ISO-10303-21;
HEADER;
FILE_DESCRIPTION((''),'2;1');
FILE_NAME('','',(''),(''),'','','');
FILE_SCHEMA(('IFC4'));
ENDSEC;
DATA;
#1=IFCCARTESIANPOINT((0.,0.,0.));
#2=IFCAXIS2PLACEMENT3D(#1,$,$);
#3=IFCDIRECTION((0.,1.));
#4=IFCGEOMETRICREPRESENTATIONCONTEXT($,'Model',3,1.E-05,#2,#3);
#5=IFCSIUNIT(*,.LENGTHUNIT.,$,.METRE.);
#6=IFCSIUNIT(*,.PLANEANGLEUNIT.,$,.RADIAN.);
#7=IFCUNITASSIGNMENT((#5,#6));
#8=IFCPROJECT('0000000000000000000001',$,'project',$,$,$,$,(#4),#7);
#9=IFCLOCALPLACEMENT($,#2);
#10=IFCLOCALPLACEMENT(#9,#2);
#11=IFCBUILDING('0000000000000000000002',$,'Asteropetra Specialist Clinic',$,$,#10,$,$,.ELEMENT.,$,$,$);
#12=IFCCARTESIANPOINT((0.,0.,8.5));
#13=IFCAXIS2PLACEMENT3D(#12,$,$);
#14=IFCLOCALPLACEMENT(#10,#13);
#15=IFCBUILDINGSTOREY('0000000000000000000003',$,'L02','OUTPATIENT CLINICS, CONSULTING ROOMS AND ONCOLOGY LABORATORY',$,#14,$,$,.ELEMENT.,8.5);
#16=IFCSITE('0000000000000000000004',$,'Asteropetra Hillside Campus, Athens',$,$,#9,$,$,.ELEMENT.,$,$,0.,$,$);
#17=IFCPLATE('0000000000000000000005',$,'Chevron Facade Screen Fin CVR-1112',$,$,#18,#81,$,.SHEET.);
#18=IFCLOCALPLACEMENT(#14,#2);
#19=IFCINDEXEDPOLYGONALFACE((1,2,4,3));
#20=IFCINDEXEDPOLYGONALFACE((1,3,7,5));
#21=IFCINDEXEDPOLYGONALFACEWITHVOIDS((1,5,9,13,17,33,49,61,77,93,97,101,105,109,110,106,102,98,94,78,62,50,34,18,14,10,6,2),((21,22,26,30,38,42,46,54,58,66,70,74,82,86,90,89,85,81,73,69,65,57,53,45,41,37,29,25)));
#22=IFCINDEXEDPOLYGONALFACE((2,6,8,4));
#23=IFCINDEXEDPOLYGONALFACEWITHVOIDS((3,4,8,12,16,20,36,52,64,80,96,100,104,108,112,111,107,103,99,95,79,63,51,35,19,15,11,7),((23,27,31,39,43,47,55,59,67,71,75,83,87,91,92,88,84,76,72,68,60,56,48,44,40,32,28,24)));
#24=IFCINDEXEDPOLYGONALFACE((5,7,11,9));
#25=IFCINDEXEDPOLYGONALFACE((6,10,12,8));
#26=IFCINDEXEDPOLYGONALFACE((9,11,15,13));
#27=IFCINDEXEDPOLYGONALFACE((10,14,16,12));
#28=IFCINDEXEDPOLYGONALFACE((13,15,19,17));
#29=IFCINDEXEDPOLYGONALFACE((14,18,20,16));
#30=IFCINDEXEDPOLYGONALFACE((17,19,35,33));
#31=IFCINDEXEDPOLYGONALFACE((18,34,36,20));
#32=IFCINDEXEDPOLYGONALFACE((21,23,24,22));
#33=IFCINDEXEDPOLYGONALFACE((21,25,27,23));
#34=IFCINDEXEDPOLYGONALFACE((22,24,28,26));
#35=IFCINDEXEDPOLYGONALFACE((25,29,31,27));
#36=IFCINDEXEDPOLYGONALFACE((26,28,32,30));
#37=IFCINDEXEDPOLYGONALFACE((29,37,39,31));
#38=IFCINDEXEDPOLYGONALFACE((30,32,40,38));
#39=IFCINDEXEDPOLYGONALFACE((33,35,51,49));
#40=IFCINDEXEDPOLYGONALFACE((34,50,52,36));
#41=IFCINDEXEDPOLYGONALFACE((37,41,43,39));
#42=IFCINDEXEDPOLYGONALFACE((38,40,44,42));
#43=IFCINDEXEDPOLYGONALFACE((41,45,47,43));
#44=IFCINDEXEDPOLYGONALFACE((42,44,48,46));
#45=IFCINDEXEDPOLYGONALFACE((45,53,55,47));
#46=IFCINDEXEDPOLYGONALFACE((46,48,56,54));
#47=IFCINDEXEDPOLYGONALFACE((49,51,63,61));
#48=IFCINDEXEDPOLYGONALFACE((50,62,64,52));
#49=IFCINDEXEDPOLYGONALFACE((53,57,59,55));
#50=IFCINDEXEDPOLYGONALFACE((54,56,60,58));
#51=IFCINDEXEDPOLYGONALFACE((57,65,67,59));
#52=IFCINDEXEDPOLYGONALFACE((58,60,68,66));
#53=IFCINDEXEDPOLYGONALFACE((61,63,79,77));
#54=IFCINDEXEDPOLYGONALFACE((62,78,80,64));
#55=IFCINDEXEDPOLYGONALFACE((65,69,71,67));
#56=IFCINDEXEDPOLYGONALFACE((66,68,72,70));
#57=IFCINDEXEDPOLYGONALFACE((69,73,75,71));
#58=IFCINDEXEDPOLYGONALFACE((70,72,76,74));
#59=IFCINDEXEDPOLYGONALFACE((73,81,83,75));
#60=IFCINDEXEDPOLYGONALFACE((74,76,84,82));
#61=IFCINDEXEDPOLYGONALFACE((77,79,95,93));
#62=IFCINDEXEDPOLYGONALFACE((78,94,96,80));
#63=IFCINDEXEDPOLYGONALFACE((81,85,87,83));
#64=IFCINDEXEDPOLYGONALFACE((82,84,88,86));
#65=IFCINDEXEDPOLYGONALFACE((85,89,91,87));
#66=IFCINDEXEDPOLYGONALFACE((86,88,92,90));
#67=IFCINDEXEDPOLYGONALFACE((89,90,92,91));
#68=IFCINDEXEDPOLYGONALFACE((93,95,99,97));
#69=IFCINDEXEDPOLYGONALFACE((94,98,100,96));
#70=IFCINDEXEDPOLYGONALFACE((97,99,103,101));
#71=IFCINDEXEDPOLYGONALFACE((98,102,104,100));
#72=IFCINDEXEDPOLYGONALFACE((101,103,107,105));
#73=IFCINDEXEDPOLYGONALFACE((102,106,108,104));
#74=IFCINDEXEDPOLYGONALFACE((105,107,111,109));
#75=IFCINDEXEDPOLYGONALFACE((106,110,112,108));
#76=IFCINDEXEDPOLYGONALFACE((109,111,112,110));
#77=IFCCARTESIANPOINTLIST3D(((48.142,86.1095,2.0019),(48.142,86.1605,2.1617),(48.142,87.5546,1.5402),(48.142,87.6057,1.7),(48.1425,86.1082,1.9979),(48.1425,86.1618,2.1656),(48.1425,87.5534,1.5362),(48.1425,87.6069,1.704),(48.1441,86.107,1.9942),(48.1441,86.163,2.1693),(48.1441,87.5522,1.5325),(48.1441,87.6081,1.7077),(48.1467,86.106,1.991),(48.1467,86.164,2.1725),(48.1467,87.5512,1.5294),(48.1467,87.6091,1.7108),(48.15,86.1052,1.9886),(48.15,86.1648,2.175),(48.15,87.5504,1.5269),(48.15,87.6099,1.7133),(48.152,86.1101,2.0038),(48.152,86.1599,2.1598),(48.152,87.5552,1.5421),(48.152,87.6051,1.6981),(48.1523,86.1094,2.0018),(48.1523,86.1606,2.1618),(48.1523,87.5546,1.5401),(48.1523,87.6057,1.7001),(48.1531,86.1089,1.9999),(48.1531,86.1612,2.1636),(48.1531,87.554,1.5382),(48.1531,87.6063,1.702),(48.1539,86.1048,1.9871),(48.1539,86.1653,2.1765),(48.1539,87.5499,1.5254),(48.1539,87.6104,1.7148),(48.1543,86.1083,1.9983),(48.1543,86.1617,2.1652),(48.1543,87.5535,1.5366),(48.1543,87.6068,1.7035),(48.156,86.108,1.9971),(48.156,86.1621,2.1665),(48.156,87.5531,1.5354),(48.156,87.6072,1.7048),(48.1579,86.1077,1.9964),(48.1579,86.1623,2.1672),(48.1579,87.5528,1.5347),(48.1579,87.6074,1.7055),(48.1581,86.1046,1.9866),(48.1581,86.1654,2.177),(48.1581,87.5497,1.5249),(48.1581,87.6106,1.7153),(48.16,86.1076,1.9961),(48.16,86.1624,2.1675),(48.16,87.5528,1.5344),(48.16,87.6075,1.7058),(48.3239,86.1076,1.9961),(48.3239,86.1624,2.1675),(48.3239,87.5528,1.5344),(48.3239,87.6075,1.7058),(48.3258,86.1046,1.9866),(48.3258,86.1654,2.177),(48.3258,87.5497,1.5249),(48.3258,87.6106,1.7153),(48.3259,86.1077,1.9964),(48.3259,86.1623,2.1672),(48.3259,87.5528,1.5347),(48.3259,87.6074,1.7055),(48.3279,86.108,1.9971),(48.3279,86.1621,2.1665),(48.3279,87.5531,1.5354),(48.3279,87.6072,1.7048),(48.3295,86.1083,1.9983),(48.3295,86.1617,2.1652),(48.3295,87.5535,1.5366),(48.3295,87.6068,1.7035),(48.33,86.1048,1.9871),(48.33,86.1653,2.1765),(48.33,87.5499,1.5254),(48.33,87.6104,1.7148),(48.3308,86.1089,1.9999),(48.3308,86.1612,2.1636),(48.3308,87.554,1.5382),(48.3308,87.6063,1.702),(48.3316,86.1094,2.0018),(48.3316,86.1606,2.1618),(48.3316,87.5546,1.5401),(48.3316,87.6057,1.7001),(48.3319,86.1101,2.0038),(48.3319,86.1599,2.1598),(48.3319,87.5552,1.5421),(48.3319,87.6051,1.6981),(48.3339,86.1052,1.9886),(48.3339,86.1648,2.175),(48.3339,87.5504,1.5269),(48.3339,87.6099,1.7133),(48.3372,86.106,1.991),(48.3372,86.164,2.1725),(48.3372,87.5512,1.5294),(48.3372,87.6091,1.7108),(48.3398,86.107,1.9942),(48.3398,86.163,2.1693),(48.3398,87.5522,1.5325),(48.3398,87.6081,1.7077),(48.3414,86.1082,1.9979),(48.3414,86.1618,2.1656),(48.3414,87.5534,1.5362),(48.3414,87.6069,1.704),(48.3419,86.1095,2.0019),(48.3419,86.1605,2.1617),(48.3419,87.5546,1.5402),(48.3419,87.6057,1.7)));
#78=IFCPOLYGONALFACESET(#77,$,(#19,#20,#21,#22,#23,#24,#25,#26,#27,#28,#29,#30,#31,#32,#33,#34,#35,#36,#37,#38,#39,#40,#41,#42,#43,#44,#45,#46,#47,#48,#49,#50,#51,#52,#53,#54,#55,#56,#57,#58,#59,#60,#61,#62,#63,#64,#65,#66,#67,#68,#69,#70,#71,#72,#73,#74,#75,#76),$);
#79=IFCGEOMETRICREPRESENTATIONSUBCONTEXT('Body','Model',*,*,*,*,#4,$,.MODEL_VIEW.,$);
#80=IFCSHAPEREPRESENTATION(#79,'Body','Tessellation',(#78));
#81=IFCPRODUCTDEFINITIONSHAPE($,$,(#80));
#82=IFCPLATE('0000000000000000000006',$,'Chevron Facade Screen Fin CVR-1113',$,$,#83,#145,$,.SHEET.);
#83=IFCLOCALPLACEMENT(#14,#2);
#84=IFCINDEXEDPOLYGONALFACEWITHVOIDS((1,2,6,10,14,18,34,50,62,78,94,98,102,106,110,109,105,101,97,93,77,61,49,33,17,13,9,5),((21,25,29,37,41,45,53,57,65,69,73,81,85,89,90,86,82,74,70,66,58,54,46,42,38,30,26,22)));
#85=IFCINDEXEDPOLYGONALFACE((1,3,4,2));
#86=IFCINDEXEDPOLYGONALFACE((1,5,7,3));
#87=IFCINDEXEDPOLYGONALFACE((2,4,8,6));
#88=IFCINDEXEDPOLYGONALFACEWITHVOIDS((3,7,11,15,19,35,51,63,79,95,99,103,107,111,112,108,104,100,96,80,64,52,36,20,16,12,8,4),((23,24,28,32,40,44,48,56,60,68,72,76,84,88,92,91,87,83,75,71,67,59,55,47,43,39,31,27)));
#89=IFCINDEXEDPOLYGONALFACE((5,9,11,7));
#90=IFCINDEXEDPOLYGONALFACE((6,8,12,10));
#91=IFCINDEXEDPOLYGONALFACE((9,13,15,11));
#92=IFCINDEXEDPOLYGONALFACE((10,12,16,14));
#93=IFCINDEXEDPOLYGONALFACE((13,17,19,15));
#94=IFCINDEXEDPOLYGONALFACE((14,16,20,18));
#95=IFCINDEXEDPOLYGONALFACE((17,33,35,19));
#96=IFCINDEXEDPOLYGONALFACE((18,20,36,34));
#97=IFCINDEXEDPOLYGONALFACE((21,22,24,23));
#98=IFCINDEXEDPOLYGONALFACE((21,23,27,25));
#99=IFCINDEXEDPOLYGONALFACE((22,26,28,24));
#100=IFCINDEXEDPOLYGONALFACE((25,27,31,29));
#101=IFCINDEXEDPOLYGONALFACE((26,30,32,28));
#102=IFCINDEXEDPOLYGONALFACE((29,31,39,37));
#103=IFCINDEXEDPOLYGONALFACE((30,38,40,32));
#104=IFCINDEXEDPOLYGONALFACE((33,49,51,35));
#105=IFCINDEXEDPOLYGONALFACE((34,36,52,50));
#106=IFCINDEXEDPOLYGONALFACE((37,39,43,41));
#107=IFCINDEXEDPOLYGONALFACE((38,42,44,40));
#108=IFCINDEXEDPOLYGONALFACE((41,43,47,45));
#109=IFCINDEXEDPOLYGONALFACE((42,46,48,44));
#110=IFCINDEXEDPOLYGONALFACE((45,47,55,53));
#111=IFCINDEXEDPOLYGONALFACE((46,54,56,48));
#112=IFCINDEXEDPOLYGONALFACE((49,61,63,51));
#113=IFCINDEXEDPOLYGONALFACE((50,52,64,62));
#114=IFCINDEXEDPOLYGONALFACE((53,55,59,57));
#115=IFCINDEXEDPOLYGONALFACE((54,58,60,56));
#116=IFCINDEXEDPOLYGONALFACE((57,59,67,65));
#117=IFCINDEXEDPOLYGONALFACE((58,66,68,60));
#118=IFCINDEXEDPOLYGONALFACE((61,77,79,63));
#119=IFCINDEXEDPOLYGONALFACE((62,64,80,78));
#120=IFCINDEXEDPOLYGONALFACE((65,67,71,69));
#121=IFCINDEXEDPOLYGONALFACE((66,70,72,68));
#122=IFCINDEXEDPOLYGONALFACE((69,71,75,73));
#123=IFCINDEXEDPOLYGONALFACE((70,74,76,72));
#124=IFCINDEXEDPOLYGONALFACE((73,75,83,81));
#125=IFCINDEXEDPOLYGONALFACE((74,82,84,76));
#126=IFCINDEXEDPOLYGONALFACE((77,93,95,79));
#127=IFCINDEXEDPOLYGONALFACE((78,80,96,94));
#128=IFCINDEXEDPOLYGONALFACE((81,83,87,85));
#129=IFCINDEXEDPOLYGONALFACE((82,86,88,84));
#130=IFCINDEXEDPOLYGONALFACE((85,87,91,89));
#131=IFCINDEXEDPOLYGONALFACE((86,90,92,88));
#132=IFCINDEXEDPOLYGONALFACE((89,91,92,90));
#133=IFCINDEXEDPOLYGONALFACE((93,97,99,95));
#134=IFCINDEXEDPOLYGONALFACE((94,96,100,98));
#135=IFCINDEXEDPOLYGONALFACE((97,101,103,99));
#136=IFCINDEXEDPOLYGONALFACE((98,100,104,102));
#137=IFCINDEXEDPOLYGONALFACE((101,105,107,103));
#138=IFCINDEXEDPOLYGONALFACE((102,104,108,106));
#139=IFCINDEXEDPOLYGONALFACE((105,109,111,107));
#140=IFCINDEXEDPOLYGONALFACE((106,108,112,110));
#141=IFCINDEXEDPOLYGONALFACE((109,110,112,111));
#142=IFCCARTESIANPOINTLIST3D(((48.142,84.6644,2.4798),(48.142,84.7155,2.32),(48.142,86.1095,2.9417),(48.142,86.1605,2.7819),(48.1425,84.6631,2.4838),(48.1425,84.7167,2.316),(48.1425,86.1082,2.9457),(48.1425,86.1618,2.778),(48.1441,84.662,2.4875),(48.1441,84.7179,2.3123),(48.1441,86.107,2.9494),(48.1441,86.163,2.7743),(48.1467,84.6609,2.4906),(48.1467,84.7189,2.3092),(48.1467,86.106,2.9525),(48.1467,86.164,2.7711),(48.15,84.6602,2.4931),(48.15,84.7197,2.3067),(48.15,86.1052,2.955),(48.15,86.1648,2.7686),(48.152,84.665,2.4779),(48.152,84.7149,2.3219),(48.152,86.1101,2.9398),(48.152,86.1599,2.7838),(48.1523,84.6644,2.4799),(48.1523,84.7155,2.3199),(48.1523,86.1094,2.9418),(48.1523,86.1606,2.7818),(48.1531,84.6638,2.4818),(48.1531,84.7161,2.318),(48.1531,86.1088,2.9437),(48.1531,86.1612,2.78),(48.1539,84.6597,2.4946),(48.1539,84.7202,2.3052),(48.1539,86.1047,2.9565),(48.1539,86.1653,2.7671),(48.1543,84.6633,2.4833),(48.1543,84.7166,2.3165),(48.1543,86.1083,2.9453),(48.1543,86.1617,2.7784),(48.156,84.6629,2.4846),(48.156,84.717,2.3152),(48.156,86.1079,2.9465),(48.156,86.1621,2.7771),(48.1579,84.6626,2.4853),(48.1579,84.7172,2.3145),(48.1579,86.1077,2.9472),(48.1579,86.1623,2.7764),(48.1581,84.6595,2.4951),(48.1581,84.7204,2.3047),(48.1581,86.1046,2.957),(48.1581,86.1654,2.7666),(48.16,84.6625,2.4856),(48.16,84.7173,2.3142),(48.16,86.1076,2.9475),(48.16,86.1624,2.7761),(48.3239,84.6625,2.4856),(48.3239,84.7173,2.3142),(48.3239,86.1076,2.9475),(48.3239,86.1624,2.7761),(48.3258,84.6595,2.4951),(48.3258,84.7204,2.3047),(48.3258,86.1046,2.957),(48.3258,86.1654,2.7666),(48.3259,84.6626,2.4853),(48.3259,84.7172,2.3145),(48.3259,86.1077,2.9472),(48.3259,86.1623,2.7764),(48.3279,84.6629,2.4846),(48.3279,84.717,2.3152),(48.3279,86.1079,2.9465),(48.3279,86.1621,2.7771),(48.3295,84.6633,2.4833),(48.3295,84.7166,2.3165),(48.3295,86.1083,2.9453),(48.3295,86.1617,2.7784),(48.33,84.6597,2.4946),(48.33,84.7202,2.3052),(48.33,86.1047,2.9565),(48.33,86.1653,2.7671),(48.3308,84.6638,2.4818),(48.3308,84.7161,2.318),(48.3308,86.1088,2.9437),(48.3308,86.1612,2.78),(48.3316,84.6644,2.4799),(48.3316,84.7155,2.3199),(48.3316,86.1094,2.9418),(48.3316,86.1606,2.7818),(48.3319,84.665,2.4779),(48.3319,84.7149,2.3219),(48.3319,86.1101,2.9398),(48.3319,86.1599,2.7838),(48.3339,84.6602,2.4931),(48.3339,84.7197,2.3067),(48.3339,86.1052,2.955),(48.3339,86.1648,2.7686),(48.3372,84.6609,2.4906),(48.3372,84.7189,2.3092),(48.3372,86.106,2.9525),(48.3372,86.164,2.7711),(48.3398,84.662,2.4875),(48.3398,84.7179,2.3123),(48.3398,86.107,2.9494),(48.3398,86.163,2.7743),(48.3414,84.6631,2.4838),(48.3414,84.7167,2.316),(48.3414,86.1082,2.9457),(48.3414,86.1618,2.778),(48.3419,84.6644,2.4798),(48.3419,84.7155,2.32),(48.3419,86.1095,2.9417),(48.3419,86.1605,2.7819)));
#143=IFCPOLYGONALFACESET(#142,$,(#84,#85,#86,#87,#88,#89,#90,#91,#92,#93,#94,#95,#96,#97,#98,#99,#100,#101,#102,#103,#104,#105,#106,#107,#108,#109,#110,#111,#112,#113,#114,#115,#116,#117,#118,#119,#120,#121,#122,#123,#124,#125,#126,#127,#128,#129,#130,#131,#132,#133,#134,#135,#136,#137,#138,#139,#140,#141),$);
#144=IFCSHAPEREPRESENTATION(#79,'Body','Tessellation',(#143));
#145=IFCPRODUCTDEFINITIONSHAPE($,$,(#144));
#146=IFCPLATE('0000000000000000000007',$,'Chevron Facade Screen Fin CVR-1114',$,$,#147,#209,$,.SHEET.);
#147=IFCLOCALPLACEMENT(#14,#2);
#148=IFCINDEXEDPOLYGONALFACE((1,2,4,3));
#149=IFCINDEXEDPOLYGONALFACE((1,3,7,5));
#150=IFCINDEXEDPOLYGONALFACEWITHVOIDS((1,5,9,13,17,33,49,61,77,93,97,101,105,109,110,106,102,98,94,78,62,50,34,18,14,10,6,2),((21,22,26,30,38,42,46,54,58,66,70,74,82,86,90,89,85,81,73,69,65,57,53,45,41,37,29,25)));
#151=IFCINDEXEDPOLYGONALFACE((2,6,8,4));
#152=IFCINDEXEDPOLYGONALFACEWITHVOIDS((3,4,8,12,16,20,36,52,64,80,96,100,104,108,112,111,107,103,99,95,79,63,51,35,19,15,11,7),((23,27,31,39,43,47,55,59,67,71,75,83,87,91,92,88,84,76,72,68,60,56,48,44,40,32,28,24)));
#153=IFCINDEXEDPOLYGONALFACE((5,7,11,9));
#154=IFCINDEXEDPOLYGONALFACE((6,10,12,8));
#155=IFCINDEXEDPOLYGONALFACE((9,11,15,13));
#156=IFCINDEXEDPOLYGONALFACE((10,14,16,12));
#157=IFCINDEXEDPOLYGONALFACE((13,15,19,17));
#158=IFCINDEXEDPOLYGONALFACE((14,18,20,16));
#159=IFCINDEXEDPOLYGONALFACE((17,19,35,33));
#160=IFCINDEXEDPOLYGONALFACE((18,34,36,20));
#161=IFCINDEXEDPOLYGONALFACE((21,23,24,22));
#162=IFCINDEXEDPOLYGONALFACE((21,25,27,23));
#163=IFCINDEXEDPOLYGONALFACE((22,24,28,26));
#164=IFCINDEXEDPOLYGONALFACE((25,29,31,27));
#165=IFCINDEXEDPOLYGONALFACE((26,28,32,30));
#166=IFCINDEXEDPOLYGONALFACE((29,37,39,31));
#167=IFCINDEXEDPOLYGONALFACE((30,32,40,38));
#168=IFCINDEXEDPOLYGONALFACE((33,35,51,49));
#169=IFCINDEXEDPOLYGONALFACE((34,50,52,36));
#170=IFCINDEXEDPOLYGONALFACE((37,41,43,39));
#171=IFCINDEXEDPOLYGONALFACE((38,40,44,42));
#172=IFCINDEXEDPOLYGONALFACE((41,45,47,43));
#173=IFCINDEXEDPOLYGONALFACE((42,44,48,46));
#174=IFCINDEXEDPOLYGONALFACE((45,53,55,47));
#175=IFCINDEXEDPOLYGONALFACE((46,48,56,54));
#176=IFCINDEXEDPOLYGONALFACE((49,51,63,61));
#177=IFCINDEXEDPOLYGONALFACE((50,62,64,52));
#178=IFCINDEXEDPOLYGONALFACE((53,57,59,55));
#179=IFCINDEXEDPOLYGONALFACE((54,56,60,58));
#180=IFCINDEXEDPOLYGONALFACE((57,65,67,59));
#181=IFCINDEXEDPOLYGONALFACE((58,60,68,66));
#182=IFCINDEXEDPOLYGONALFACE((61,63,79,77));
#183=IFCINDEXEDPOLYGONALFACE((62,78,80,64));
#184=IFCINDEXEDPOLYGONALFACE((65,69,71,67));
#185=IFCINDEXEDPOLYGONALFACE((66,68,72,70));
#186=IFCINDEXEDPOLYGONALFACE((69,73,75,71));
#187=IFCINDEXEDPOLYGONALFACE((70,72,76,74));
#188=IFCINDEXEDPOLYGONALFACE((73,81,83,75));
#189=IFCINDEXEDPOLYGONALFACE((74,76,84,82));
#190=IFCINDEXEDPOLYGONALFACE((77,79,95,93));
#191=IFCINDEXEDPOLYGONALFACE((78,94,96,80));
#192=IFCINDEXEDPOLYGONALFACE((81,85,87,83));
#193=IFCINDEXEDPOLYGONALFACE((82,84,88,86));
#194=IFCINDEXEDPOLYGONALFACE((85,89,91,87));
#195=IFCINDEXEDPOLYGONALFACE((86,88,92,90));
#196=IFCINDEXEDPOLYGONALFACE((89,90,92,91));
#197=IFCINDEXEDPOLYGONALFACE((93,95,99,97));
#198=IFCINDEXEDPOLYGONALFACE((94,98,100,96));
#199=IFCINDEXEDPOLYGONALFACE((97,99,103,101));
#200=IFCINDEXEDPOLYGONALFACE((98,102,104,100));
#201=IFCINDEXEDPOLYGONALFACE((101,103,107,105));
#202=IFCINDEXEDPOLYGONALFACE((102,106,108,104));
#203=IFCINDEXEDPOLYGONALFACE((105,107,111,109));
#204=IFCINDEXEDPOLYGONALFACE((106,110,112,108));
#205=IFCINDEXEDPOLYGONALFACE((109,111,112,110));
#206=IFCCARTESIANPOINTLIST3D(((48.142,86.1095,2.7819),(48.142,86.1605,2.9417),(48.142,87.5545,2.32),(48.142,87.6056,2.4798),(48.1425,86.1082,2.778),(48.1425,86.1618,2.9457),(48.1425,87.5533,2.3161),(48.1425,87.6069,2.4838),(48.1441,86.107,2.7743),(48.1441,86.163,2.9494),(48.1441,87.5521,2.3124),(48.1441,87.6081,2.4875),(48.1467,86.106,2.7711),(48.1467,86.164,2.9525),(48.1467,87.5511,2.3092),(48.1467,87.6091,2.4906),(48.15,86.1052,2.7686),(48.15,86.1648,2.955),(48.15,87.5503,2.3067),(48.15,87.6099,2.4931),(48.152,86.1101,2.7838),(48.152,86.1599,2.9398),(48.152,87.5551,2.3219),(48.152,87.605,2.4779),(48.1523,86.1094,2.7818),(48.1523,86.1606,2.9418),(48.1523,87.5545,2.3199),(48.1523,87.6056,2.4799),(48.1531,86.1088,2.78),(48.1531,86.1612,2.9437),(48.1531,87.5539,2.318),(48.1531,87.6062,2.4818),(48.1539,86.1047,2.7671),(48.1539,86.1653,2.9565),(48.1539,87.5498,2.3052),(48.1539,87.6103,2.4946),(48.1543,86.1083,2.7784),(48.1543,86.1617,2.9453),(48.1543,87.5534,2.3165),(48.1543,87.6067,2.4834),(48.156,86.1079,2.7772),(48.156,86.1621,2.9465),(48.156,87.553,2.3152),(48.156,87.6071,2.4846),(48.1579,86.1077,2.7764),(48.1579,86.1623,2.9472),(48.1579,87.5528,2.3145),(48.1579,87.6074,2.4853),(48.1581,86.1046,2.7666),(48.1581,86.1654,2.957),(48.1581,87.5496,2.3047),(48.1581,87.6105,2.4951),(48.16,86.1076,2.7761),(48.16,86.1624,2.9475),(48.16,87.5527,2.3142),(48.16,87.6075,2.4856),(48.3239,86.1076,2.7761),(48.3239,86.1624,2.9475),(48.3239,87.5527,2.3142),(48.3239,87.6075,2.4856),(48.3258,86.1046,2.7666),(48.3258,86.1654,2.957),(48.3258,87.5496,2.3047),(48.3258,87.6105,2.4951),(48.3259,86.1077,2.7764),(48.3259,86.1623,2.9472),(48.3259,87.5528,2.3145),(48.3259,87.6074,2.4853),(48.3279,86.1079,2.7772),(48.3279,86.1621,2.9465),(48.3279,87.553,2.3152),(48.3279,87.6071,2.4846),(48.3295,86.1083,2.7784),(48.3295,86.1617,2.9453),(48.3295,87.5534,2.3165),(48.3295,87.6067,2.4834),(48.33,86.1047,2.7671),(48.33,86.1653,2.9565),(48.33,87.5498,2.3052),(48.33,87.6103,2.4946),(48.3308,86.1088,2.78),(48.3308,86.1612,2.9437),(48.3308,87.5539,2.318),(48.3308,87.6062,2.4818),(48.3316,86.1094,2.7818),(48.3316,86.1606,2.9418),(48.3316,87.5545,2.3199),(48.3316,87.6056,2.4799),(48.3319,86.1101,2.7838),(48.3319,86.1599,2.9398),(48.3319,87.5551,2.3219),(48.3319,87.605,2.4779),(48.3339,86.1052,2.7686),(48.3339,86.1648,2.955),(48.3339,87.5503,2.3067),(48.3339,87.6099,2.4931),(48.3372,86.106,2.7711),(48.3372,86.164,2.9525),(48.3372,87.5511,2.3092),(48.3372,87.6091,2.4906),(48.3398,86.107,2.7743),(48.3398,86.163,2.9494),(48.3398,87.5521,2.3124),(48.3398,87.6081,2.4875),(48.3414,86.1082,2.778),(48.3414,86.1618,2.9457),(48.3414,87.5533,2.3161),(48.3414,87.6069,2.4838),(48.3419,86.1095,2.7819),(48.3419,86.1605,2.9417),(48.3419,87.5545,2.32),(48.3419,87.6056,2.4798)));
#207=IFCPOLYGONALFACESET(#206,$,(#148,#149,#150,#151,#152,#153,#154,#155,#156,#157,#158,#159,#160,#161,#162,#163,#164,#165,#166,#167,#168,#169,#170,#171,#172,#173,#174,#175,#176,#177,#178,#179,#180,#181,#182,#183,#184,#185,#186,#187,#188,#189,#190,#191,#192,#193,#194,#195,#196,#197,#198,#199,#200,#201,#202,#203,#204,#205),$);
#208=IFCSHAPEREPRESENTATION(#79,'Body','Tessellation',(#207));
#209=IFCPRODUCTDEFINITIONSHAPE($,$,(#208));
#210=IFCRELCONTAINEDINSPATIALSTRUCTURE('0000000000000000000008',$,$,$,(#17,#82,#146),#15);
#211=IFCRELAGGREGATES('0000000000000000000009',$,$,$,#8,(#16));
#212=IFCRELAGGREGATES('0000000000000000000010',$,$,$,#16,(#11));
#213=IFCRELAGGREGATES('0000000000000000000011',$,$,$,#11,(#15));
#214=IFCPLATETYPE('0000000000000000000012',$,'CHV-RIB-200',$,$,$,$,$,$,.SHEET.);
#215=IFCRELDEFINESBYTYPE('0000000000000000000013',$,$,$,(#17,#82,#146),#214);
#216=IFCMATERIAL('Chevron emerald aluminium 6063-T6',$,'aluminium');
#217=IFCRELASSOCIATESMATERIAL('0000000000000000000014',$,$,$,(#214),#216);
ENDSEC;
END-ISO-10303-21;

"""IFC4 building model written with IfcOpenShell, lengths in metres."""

from ifc_helpers import new_model, si_unit, direction, frame, origin, origin_2d, place, context, subcontext, project, spatial, hollow_rectangle, extrude, material, material_profile, profile_set, type_object, element, save


model = new_model("IFC4")

# Units and contexts
model_context = context("Model", 3, precision=1e-05, world=origin(), true_north=direction((0.0, 1.0)))
body_context = subcontext(model_context, "Body", "Model", "MODEL_VIEW")
ifc_project = project(units=[si_unit("LENGTHUNIT", "METRE"), si_unit("PLANEANGLEUNIT", "RADIAN")], contexts=[model_context])

# Site, building, storey
site_placement = place(None, origin())
site = spatial("IfcSite", under=ifc_project, at=site_placement, Name="Asteropetra Hillside Campus, Athens", CompositionType="ELEMENT", RefElevation=0.0)
building_placement = place(site_placement, origin())
building = spatial("IfcBuilding", under=site, at=building_placement, Name="Asteropetra Specialist Clinic", CompositionType="ELEMENT")
storey_placement = place(building_placement, frame((0.0, 0.0, 8.5)))
storey = spatial("IfcBuildingStorey", under=building, at=storey_placement, Name="L02", Description="OUTPATIENT CLINICS, CONSULTING ROOMS AND ONCOLOGY LABORATORY", CompositionType="ELEMENT", Elevation=8.5)

# Plates
ifc_material_1 = material(Name="Chevron emerald aluminium 6063-T6", Category="aluminium")
ifc_material_profile_1 = material_profile(ifc_material_1, hollow_rectangle(XDim=0.2, YDim=0.2, WallThickness=0.01, InnerFilletRadius=0.0081, OuterFilletRadius=0.0161, at=origin_2d()), Name="SHS 200x200x10.0")
ifc_profile_set_1 = profile_set([ifc_material_profile_1], Name="Chevron emerald aluminium 6063-T6")
plate_type_1 = type_object("IfcPlateType", Name="CHV-RIB-200", PredefinedType="SHEET", material=ifc_profile_set_1)
for number, where, z_axis, x_axis, name in (
    (1, (48.2419, 86.135, 2.0818), (0.0, 0.952568, -0.304326), (-1.0, 0.0, 0.0), "Chevron Facade Screen Fin CVR-1112"),
    (2, (48.2419, 84.6899, 2.3999), (0.0, 0.952521, 0.304472), (-1.0, 0.0, 0.0), "Chevron Facade Screen Fin CVR-1113"),
    (3, (48.2419, 86.135, 2.8618), (0.0, 0.952521, -0.304472), (-1.0, 0.0, 0.0), "Chevron Facade Screen Fin CVR-1114"),
):
    element("IfcPlate", number, at=place(storey_placement, frame(where, z_axis=z_axis, x_axis=x_axis)), inside=storey, type_object=plate_type_1, Name=name, PredefinedType="SHEET", context=body_context, shape_type="SweptSolid", body=[
        extrude(hollow_rectangle(XDim=0.2, YDim=0.2, WallThickness=0.01, InnerFilletRadius=0.0081, OuterFilletRadius=0.0161, at=origin_2d()), origin(), (0.0, 0.0, 1.0), 1.5171),
    ])

save(model, "model.ifc")
